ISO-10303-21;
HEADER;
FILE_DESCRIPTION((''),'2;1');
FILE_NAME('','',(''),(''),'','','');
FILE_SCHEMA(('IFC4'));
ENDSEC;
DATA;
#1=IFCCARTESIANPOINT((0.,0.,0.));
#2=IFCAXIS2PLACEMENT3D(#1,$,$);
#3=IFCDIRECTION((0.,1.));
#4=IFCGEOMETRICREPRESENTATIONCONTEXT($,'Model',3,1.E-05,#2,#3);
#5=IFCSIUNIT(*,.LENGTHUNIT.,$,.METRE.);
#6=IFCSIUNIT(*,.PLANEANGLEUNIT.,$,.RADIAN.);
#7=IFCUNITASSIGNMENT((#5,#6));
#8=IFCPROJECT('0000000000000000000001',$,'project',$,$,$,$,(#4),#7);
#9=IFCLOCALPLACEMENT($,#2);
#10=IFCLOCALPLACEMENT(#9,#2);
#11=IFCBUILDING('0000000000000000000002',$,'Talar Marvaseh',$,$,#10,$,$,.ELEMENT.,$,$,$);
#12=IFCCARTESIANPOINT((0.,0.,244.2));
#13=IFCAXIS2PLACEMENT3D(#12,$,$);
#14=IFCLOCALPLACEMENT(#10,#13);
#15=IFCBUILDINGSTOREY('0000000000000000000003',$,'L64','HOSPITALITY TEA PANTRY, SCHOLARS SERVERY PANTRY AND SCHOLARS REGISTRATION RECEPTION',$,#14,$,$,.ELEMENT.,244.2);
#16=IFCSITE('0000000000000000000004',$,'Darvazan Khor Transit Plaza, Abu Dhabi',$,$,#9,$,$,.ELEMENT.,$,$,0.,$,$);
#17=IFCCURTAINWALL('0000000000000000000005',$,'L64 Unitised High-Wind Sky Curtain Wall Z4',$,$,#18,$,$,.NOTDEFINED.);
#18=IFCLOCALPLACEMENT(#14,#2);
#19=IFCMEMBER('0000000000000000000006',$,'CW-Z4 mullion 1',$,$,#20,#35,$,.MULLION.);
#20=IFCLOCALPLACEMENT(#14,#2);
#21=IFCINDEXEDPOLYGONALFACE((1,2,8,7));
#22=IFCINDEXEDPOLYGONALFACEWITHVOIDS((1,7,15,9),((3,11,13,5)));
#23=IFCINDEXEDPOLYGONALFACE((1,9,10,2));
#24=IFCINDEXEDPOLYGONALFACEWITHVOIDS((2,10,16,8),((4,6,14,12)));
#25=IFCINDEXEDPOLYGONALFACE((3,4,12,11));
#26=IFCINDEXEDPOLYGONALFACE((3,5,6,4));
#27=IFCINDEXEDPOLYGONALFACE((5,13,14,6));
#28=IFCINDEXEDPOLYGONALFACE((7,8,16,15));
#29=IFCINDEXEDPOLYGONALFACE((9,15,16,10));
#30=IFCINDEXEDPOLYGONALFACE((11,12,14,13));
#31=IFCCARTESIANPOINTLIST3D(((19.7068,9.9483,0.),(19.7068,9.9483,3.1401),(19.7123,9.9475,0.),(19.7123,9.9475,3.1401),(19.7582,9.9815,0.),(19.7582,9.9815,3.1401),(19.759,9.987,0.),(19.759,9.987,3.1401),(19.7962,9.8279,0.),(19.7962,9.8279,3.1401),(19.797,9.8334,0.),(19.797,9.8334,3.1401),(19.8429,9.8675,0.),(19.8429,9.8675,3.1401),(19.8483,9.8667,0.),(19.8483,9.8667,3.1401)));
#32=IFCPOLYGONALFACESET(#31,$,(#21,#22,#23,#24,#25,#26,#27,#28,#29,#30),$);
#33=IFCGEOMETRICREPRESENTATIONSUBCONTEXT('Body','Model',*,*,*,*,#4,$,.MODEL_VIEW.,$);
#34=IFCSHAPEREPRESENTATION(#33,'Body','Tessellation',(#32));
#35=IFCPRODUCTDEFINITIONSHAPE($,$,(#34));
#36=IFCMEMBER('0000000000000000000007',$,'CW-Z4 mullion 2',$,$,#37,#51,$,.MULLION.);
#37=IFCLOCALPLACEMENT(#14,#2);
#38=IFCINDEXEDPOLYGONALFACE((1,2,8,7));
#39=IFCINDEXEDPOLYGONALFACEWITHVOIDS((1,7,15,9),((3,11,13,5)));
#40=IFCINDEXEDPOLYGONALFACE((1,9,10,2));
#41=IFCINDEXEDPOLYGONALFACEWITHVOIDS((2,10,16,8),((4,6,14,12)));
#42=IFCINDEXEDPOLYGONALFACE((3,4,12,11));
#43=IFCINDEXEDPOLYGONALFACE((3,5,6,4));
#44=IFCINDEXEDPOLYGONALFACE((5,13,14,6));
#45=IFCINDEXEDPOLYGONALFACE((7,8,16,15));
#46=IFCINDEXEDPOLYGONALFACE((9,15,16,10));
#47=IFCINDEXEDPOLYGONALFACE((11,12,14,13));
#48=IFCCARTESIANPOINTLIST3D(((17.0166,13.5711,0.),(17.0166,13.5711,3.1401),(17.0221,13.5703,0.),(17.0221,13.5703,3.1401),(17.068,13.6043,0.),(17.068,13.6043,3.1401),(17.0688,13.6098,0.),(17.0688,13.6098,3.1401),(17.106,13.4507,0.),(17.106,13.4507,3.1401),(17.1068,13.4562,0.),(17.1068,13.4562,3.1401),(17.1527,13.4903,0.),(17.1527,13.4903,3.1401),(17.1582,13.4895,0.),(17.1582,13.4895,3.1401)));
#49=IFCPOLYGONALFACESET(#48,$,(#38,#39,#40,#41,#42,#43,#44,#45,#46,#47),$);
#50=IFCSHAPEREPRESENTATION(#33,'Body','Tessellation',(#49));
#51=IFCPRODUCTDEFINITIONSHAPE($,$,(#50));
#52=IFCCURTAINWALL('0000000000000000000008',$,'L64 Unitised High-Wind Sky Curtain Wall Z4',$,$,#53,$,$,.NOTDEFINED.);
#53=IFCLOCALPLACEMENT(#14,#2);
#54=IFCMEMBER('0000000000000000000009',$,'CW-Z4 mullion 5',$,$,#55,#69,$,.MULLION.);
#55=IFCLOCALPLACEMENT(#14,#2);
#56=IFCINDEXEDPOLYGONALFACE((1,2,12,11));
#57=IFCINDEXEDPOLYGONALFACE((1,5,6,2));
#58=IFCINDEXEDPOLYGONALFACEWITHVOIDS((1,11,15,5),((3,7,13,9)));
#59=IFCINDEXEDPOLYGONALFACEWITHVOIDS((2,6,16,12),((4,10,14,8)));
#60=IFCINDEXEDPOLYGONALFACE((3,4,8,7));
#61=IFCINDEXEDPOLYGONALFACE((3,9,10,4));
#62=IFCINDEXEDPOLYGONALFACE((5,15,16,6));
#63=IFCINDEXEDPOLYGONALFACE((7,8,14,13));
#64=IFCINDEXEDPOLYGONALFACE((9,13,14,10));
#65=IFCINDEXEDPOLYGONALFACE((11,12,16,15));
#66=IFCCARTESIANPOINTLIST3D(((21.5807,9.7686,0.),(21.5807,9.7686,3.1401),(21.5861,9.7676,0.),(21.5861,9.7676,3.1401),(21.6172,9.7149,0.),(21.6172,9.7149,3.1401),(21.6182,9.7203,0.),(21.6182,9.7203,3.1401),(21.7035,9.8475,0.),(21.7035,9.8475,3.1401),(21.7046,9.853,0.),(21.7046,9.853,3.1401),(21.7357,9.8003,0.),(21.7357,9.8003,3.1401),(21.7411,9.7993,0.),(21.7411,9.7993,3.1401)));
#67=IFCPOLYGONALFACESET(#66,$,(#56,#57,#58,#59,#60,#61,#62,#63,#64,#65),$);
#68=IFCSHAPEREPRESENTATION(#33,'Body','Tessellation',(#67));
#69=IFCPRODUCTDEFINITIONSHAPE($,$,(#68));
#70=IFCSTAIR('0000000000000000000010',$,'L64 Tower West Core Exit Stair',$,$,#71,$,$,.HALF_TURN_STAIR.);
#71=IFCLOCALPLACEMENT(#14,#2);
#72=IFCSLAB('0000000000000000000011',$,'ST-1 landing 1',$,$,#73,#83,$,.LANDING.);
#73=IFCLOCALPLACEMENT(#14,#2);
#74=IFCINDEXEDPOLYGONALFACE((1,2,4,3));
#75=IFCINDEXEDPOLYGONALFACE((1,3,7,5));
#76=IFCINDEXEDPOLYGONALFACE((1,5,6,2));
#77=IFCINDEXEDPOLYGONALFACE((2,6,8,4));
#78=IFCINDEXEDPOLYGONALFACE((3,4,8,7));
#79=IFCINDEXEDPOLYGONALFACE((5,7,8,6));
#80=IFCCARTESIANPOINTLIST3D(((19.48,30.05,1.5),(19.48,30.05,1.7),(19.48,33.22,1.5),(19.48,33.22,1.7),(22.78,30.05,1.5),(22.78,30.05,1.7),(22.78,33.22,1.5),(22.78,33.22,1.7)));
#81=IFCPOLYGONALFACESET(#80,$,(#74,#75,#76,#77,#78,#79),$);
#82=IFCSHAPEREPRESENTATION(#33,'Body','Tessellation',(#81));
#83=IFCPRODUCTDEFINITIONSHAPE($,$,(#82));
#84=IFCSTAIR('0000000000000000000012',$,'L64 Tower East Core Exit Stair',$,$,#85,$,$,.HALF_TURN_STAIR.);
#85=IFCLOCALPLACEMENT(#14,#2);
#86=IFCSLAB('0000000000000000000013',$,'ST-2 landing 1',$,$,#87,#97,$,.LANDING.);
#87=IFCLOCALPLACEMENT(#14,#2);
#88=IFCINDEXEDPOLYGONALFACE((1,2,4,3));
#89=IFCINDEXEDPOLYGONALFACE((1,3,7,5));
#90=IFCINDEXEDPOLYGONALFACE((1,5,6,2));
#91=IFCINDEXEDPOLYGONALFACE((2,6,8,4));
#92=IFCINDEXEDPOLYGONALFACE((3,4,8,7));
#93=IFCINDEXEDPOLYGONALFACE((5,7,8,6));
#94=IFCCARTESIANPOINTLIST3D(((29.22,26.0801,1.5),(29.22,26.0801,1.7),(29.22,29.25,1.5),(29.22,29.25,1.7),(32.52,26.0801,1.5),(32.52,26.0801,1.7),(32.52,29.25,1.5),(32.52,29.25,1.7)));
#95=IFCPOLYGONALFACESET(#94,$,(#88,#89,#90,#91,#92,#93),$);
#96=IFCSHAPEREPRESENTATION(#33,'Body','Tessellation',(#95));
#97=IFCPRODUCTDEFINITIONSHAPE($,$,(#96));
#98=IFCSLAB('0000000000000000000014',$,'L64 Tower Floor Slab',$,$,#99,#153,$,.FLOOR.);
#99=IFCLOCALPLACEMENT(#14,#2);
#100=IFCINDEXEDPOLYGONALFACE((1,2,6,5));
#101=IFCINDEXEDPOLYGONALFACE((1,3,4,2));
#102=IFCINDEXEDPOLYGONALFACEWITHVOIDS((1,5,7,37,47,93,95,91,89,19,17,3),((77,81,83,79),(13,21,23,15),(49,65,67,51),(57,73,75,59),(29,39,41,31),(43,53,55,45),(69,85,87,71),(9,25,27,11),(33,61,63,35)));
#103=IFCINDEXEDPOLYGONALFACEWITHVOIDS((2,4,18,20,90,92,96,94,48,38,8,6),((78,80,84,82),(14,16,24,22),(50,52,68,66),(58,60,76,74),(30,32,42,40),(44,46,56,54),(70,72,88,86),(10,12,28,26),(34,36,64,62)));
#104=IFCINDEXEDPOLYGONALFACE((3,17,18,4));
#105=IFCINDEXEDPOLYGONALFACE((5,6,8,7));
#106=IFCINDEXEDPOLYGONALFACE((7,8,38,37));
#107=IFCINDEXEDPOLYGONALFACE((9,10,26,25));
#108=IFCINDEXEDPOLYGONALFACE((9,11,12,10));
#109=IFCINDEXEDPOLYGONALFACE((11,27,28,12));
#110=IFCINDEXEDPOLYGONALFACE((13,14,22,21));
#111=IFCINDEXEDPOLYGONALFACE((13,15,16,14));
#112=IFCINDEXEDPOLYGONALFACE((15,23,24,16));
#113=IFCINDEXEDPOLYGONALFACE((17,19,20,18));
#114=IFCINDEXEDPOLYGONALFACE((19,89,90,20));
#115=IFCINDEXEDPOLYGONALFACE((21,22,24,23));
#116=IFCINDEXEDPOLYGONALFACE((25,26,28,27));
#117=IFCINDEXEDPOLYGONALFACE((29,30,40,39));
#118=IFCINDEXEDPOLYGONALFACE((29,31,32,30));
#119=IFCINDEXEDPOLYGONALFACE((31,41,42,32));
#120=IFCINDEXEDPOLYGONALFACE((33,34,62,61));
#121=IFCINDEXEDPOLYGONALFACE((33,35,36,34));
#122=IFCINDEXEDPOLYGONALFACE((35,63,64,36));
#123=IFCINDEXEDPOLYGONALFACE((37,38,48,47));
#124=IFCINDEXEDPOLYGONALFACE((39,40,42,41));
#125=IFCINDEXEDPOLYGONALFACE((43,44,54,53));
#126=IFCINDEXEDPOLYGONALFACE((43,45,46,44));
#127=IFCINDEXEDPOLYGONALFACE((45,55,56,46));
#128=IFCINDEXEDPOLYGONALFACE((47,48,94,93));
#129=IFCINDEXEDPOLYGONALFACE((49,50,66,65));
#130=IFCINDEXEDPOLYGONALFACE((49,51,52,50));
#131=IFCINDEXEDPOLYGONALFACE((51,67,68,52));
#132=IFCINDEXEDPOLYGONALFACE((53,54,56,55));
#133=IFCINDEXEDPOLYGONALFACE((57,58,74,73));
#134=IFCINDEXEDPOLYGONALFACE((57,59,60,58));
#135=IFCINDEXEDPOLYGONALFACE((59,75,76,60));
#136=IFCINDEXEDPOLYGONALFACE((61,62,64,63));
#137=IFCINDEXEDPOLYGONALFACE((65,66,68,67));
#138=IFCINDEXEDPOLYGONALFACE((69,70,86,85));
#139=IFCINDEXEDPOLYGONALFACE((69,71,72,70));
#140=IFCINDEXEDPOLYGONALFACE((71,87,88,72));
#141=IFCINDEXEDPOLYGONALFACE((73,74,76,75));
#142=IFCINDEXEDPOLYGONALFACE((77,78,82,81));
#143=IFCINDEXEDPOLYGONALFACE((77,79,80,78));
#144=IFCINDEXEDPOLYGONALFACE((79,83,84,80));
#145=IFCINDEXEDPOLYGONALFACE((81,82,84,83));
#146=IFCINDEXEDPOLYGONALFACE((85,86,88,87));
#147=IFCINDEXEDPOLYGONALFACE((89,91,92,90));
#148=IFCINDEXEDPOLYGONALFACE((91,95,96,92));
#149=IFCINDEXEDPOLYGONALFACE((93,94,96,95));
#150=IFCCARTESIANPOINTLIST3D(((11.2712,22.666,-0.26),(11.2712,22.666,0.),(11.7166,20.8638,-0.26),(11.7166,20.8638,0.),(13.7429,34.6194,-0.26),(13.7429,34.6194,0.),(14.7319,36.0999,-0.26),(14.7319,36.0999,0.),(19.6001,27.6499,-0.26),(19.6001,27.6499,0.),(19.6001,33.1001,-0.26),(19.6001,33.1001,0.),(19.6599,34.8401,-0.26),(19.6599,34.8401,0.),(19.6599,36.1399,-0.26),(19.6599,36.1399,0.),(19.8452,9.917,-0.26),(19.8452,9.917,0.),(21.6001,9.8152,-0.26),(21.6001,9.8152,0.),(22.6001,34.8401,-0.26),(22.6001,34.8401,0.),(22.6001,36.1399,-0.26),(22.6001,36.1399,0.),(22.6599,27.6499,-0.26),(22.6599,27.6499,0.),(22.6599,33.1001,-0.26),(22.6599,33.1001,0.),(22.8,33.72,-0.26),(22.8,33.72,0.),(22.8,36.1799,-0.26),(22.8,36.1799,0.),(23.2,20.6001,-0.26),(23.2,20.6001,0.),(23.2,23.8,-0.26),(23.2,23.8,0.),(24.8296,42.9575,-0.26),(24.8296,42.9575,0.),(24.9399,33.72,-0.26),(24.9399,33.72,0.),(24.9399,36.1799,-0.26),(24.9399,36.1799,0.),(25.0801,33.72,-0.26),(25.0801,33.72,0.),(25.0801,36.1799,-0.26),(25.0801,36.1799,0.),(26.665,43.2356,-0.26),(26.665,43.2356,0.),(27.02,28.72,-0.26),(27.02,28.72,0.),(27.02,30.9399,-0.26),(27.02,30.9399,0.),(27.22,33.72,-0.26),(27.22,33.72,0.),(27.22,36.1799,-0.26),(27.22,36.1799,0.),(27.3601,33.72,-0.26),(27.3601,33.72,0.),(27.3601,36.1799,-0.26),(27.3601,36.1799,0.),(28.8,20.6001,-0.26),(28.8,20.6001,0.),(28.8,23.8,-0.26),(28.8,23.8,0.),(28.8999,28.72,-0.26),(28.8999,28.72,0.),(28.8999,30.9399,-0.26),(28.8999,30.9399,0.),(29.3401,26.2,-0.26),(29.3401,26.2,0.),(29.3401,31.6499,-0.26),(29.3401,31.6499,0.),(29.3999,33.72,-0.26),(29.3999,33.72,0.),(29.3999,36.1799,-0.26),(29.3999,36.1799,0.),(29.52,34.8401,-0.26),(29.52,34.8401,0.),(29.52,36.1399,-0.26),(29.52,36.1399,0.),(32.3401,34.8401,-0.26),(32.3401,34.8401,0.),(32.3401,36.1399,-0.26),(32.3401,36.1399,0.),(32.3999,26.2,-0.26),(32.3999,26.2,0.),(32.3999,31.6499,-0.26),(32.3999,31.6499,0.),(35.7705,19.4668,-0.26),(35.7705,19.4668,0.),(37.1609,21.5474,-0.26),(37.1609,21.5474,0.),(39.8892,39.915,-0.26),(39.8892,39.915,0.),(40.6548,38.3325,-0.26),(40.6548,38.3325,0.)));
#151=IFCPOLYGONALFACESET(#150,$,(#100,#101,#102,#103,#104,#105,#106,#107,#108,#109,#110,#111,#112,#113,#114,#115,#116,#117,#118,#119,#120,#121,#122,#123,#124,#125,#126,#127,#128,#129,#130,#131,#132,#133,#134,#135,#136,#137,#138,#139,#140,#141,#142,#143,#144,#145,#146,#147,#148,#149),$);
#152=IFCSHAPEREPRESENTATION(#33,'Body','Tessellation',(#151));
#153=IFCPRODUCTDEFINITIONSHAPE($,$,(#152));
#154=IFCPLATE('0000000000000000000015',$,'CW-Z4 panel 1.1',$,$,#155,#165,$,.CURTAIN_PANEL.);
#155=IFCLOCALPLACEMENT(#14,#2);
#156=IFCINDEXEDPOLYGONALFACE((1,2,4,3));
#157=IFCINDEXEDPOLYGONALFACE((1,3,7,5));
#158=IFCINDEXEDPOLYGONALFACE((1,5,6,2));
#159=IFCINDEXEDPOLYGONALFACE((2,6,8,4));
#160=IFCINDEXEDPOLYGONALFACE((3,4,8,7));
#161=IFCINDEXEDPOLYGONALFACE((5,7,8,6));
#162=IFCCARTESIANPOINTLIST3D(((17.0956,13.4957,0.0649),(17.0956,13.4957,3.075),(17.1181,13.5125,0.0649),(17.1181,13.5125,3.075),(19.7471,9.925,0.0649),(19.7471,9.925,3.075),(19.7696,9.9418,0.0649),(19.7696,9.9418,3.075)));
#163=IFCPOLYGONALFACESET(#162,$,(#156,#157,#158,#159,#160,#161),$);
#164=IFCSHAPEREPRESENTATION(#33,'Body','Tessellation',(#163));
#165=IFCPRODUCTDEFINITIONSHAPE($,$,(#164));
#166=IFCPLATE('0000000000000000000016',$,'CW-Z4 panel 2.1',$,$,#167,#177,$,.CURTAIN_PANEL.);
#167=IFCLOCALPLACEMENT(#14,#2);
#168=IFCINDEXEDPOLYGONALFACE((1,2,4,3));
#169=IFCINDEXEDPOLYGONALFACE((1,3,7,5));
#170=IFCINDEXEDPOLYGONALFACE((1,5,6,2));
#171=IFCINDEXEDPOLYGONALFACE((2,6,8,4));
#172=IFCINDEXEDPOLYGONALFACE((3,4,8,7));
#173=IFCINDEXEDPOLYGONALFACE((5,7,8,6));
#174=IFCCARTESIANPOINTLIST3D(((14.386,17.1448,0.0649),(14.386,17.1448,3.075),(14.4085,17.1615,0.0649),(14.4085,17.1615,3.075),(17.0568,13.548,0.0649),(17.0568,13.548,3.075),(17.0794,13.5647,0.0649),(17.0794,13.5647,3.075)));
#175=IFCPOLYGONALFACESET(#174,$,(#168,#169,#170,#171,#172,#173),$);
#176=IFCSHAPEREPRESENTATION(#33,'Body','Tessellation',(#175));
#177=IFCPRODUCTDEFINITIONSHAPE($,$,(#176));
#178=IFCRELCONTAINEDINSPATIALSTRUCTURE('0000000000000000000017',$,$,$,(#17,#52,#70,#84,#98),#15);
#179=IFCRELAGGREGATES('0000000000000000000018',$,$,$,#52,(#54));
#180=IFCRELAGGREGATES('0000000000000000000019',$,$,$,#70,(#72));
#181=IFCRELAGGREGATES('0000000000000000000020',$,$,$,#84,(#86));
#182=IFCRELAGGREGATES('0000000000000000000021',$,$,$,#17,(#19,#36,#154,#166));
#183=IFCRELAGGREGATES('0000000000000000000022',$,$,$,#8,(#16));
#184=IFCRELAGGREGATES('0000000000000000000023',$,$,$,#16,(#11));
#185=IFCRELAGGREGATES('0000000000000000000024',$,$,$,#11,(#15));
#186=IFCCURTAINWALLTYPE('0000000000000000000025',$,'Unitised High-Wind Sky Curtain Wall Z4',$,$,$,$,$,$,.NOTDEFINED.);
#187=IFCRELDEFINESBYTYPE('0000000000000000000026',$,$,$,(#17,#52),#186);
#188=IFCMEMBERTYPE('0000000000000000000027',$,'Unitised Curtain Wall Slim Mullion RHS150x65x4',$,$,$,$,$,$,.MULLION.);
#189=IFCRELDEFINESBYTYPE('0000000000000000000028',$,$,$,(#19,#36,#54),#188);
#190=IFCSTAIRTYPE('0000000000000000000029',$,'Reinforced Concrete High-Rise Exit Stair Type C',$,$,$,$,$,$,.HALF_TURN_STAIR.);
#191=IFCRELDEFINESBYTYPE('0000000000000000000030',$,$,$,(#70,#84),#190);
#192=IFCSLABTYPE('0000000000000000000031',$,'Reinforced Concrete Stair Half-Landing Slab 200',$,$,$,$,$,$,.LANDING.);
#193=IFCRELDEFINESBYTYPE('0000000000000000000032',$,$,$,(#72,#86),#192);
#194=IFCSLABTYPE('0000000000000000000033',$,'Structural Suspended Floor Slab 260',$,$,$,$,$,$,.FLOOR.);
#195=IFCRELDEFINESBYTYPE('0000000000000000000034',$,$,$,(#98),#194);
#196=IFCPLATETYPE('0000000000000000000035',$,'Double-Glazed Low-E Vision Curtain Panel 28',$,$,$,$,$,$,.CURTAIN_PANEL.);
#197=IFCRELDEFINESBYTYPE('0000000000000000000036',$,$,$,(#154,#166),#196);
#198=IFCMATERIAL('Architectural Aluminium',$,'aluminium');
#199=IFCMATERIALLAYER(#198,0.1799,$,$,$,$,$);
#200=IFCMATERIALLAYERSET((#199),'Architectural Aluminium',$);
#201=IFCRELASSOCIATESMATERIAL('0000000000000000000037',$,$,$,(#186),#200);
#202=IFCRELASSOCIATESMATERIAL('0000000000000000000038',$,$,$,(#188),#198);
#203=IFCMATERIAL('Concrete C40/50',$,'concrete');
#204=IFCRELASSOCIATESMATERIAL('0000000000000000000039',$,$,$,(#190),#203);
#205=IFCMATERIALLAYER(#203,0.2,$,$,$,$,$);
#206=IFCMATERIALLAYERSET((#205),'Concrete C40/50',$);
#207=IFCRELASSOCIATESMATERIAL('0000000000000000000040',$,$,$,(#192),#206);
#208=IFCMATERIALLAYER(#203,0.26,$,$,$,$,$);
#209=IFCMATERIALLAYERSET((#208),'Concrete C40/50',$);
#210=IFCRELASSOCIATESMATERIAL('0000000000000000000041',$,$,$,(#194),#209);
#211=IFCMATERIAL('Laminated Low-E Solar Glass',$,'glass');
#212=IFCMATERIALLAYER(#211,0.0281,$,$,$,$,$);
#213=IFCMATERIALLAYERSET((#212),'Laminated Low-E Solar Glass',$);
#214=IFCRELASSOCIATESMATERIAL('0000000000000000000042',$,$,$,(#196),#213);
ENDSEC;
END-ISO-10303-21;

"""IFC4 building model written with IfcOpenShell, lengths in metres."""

from ifc_helpers import new_model, si_unit, direction, frame, origin, origin_2d, place, context, subcontext, project, spatial, polyline, rectangle, hollow_rectangle, outline, extrude, source, transform, mapped, material, layer, layer_set, material_profile, profile_set, type_object, type_shapes, element, aggregate, save


model = new_model("IFC4")

# Units and contexts
model_context = context("Model", 3, precision=1e-05, world=origin(), true_north=direction((0.0, 1.0)))
body_context = subcontext(model_context, "Body", "Model", "MODEL_VIEW")
ifc_project = project(units=[si_unit("LENGTHUNIT", "METRE"), si_unit("PLANEANGLEUNIT", "RADIAN")], contexts=[model_context])

# Site, building, storey
site_placement = place(None, origin())
site = spatial("IfcSite", under=ifc_project, at=site_placement, Name="Darvazan Khor Transit Plaza, Abu Dhabi", CompositionType="ELEMENT", RefElevation=0.0)
building_placement = place(site_placement, origin())
building = spatial("IfcBuilding", under=site, at=building_placement, Name="Talar Marvaseh", CompositionType="ELEMENT")
storey_placement = place(building_placement, frame((0.0, 0.0, 244.2)))
storey = spatial("IfcBuildingStorey", under=building, at=storey_placement, Name="L64", Description="HOSPITALITY TEA PANTRY, SCHOLARS SERVERY PANTRY AND SCHOLARS REGISTRATION RECEPTION", CompositionType="ELEMENT", Elevation=244.2)

# Curtain wall, members
ifc_material_1 = material(Name="Architectural Aluminium", Category="aluminium")
ifc_layer_1 = layer(ifc_material_1, 0.1799)
ifc_layer_set_1 = layer_set([ifc_layer_1], Name="Architectural Aluminium")
curtain_wall_type = type_object("IfcCurtainWallType", Name="Unitised High-Wind Sky Curtain Wall Z4", PredefinedType="NOTDEFINED", material=ifc_layer_set_1)
curtain_wall_1_placement = place(storey_placement, origin())
curtain_wall_1 = element("IfcCurtainWall", 1, at=curtain_wall_1_placement, inside=storey, type_object=curtain_wall_type, Name="L64 Unitised High-Wind Sky Curtain Wall Z4", PredefinedType="NOTDEFINED")
ifc_material_profile_1 = material_profile(ifc_material_1, hollow_rectangle(XDim=0.0649, YDim=0.1499, WallThickness=0.0039, at=origin_2d()), Name="RHS150x65x4")
ifc_profile_set_1 = profile_set([ifc_material_profile_1], Name="Architectural Aluminium")
member_type_1 = type_object("IfcMemberType", Name="Unitised Curtain Wall Slim Mullion RHS150x65x4", PredefinedType="MULLION", material=ifc_profile_set_1)
shared_shape_1 = source(origin(), body_context, "Body", "SweptSolid", [
    extrude(hollow_rectangle(XDim=0.0649, YDim=0.1499, WallThickness=0.0039, at=origin_2d()), origin(), (0.0, 0.0, 1.0), 3.1401),
])
type_shapes(member_type_1, [shared_shape_1])
member_1_placement = place(storey_placement, frame((19.7776, 9.9075, 0.0), z_axis=(0.0, 0.0, 1.0), x_axis=(-0.802854, -0.596176, 0.0)))
member_1 = element("IfcMember", 2, at=member_1_placement, type_object=member_type_1, Name="CW-Z4 mullion 1", PredefinedType="MULLION", context=body_context, shape_type="MappedRepresentation", body=[
    mapped(shared_shape_1, transform((0.0, 0.0, 0.0), x_axis=(1.0, 0.0, 0.0), y_axis=(0.0, 1.0, 0.0), z_axis=(0.0, 0.0, 1.0), scale=1.0)),
])
member_2_placement = place(storey_placement, frame((17.0874, 13.5303, 0.0), z_axis=(0.0, 0.0, 1.0), x_axis=(-0.802854, -0.596176, 0.0)))
member_2 = element("IfcMember", 3, at=member_2_placement, type_object=member_type_1, Name="CW-Z4 mullion 2", PredefinedType="MULLION", context=body_context, shape_type="MappedRepresentation", body=[
    mapped(shared_shape_1, transform((0.0, 0.0, 0.0), x_axis=(1.0, 0.0, 0.0), y_axis=(0.0, 1.0, 0.0), z_axis=(0.0, 0.0, 1.0), scale=1.0)),
])

# Curtain wall, member
curtain_wall_2_placement = place(storey_placement, origin())
curtain_wall_2 = element("IfcCurtainWall", 4, at=curtain_wall_2_placement, inside=storey, type_object=curtain_wall_type, Name="L64 Unitised High-Wind Sky Curtain Wall Z4", PredefinedType="NOTDEFINED")
member_3_placement = place(storey_placement, frame((21.6609, 9.7839, 0.0), z_axis=(0.0, 0.0, 1.0), x_axis=(0.562933, -0.826502, 0.0)))
member_3 = element("IfcMember", 5, at=member_3_placement, type_object=member_type_1, Name="CW-Z4 mullion 5", PredefinedType="MULLION", context=body_context, shape_type="MappedRepresentation", body=[
    mapped(shared_shape_1, transform((0.0, 0.0, 0.0), x_axis=(1.0, 0.0, 0.0), y_axis=(0.0, 1.0, 0.0), z_axis=(0.0, 0.0, 1.0), scale=1.0)),
])
aggregate(curtain_wall_2, [member_3])

# Stairs, slabs
ifc_material_2 = material(Name="Concrete C40/50", Category="concrete")
stair_type = type_object("IfcStairType", Name="Reinforced Concrete High-Rise Exit Stair Type C", PredefinedType="HALF_TURN_STAIR", material=ifc_material_2)
stair_1_placement = place(storey_placement, origin())
stair_1 = element("IfcStair", 6, at=stair_1_placement, inside=storey, type_object=stair_type, Name="L64 Tower West Core Exit Stair", PredefinedType="HALF_TURN_STAIR")
ifc_layer_2 = layer(ifc_material_2, 0.2)
ifc_layer_set_2 = layer_set([ifc_layer_2], Name="Concrete C40/50")
slab_type_1 = type_object("IfcSlabType", Name="Reinforced Concrete Stair Half-Landing Slab 200", PredefinedType="LANDING", material=ifc_layer_set_2)
slab_1_placement = place(storey_placement, frame((0.0, 0.0, 1.5)))
slab_1 = element("IfcSlab", 7, at=slab_1_placement, type_object=slab_type_1, Name="ST-1 landing 1", PredefinedType="LANDING", context=body_context, shape_type="SweptSolid", body=[
    extrude(outline(polyline([(22.78, 30.05), (22.78, 33.22), (19.48, 33.22), (19.48, 30.05), (22.78, 30.05)])), origin(), (0.0, 0.0, 1.0), 0.2),
])
aggregate(stair_1, [slab_1])
stair_2_placement = place(storey_placement, origin())
stair_2 = element("IfcStair", 8, at=stair_2_placement, inside=storey, type_object=stair_type, Name="L64 Tower East Core Exit Stair", PredefinedType="HALF_TURN_STAIR")
slab_2_placement = place(storey_placement, frame((0.0, 0.0, 1.5)))
slab_2 = element("IfcSlab", 9, at=slab_2_placement, type_object=slab_type_1, Name="ST-2 landing 1", PredefinedType="LANDING", context=body_context, shape_type="SweptSolid", body=[
    extrude(outline(polyline([(29.22, 29.25), (29.22, 26.0801), (32.52, 26.0801), (32.52, 29.25), (29.22, 29.25)])), origin(), (0.0, 0.0, 1.0), 0.2),
])
aggregate(stair_2, [slab_2])

# Slab
ifc_layer_3 = layer(ifc_material_2, 0.26)
ifc_layer_set_3 = layer_set([ifc_layer_3], Name="Concrete C40/50")
slab_type_2 = type_object("IfcSlabType", Name="Structural Suspended Floor Slab 260", PredefinedType="FLOOR", material=ifc_layer_set_3)
slab_3_placement = place(storey_placement, frame((0.0, 0.0, -0.26)))
element("IfcSlab", 10, at=slab_3_placement, inside=storey, type_object=slab_type_2, Name="L64 Tower Floor Slab", PredefinedType="FLOOR", context=body_context, shape_type="SweptSolid", body=[
    extrude(outline(polyline([(21.6001, 9.8152), (19.8452, 9.917), (11.7166, 20.8638), (11.2712, 22.666), (13.7429, 34.6194), (14.7319, 36.0999), (24.8296, 42.9575), (26.665, 43.2356), (39.8892, 39.915), (40.6548, 38.3325), (37.1609, 21.5474), (35.7705, 19.4668), (21.6001, 9.8152)]), holes=[polyline([(22.6599, 27.6499), (22.6599, 33.1001), (19.6001, 33.1001), (19.6001, 27.6499), (22.6599, 27.6499)]), polyline([(29.3401, 31.6499), (29.3401, 26.2), (32.3999, 26.2), (32.3999, 31.6499), (29.3401, 31.6499)]), polyline([(22.8, 33.72), (24.9399, 33.72), (24.9399, 36.1799), (22.8, 36.1799), (22.8, 33.72)]), polyline([(25.0801, 33.72), (27.22, 33.72), (27.22, 36.1799), (25.0801, 36.1799), (25.0801, 33.72)]), polyline([(27.3601, 33.72), (29.3999, 33.72), (29.3999, 36.1799), (27.3601, 36.1799), (27.3601, 33.72)]), polyline([(27.02, 28.72), (28.8999, 28.72), (28.8999, 30.9399), (27.02, 30.9399), (27.02, 28.72)]), polyline([(19.6599, 34.8401), (22.6001, 34.8401), (22.6001, 36.1399), (19.6599, 36.1399), (19.6599, 34.8401)]), polyline([(29.52, 34.8401), (32.3401, 34.8401), (32.3401, 36.1399), (29.52, 36.1399), (29.52, 34.8401)]), polyline([(23.2, 20.6001), (28.8, 20.6001), (28.8, 23.8), (23.2, 23.8), (23.2, 20.6001)])]), origin(), (0.0, 0.0, 1.0), 0.26),
])

# Plates
ifc_material_3 = material(Name="Laminated Low-E Solar Glass", Category="glass")
ifc_layer_4 = layer(ifc_material_3, 0.0281)
ifc_layer_set_4 = layer_set([ifc_layer_4], Name="Laminated Low-E Solar Glass")
plate_type = type_object("IfcPlateType", Name="Double-Glazed Low-E Vision Curtain Panel 28", PredefinedType="CURTAIN_PANEL", material=ifc_layer_set_4)
shared_shape_2 = source(origin(), body_context, "Body", "SweptSolid", [
    extrude(rectangle(XDim=4.4475, YDim=0.0281, at=origin_2d()), origin(), (0.0, 0.0, 1.0), 3.01),
])
plate_1_placement = place(storey_placement, frame((18.4326, 11.7188, 0.0649), z_axis=(0.0, 0.0, 1.0), x_axis=(-0.596176, 0.802854, 0.0)))
plate_1 = element("IfcPlate", 11, at=plate_1_placement, type_object=plate_type, Name="CW-Z4 panel 1.1", PredefinedType="CURTAIN_PANEL", context=body_context, shape_type="MappedRepresentation", body=[
    mapped(shared_shape_2, transform((0.0, 0.0, 0.0), x_axis=(1.0, 0.0, 0.0), y_axis=(0.0, 1.0, 0.0), z_axis=(0.0, 0.0, 1.0), scale=1.0)),
])
shared_shape_3 = source(origin(), body_context, "Body", "SweptSolid", [
    extrude(rectangle(XDim=4.48, YDim=0.0281, at=origin_2d()), origin(), (0.0, 0.0, 1.0), 3.01),
])
type_shapes(plate_type, [shared_shape_2, shared_shape_3])
plate_2_placement = place(storey_placement, frame((15.7327, 15.3547, 0.0649), z_axis=(0.0, 0.0, 1.0), x_axis=(-0.596176, 0.802854, 0.0)))
plate_2 = element("IfcPlate", 12, at=plate_2_placement, type_object=plate_type, Name="CW-Z4 panel 2.1", PredefinedType="CURTAIN_PANEL", context=body_context, shape_type="MappedRepresentation", body=[
    mapped(shared_shape_3, transform((0.0, 0.0, 0.0), x_axis=(1.0, 0.0, 0.0), y_axis=(0.0, 1.0, 0.0), z_axis=(0.0, 0.0, 1.0), scale=1.0)),
])
aggregate(curtain_wall_1, [member_1, member_2, plate_1, plate_2])

save(model, "model.ifc")
